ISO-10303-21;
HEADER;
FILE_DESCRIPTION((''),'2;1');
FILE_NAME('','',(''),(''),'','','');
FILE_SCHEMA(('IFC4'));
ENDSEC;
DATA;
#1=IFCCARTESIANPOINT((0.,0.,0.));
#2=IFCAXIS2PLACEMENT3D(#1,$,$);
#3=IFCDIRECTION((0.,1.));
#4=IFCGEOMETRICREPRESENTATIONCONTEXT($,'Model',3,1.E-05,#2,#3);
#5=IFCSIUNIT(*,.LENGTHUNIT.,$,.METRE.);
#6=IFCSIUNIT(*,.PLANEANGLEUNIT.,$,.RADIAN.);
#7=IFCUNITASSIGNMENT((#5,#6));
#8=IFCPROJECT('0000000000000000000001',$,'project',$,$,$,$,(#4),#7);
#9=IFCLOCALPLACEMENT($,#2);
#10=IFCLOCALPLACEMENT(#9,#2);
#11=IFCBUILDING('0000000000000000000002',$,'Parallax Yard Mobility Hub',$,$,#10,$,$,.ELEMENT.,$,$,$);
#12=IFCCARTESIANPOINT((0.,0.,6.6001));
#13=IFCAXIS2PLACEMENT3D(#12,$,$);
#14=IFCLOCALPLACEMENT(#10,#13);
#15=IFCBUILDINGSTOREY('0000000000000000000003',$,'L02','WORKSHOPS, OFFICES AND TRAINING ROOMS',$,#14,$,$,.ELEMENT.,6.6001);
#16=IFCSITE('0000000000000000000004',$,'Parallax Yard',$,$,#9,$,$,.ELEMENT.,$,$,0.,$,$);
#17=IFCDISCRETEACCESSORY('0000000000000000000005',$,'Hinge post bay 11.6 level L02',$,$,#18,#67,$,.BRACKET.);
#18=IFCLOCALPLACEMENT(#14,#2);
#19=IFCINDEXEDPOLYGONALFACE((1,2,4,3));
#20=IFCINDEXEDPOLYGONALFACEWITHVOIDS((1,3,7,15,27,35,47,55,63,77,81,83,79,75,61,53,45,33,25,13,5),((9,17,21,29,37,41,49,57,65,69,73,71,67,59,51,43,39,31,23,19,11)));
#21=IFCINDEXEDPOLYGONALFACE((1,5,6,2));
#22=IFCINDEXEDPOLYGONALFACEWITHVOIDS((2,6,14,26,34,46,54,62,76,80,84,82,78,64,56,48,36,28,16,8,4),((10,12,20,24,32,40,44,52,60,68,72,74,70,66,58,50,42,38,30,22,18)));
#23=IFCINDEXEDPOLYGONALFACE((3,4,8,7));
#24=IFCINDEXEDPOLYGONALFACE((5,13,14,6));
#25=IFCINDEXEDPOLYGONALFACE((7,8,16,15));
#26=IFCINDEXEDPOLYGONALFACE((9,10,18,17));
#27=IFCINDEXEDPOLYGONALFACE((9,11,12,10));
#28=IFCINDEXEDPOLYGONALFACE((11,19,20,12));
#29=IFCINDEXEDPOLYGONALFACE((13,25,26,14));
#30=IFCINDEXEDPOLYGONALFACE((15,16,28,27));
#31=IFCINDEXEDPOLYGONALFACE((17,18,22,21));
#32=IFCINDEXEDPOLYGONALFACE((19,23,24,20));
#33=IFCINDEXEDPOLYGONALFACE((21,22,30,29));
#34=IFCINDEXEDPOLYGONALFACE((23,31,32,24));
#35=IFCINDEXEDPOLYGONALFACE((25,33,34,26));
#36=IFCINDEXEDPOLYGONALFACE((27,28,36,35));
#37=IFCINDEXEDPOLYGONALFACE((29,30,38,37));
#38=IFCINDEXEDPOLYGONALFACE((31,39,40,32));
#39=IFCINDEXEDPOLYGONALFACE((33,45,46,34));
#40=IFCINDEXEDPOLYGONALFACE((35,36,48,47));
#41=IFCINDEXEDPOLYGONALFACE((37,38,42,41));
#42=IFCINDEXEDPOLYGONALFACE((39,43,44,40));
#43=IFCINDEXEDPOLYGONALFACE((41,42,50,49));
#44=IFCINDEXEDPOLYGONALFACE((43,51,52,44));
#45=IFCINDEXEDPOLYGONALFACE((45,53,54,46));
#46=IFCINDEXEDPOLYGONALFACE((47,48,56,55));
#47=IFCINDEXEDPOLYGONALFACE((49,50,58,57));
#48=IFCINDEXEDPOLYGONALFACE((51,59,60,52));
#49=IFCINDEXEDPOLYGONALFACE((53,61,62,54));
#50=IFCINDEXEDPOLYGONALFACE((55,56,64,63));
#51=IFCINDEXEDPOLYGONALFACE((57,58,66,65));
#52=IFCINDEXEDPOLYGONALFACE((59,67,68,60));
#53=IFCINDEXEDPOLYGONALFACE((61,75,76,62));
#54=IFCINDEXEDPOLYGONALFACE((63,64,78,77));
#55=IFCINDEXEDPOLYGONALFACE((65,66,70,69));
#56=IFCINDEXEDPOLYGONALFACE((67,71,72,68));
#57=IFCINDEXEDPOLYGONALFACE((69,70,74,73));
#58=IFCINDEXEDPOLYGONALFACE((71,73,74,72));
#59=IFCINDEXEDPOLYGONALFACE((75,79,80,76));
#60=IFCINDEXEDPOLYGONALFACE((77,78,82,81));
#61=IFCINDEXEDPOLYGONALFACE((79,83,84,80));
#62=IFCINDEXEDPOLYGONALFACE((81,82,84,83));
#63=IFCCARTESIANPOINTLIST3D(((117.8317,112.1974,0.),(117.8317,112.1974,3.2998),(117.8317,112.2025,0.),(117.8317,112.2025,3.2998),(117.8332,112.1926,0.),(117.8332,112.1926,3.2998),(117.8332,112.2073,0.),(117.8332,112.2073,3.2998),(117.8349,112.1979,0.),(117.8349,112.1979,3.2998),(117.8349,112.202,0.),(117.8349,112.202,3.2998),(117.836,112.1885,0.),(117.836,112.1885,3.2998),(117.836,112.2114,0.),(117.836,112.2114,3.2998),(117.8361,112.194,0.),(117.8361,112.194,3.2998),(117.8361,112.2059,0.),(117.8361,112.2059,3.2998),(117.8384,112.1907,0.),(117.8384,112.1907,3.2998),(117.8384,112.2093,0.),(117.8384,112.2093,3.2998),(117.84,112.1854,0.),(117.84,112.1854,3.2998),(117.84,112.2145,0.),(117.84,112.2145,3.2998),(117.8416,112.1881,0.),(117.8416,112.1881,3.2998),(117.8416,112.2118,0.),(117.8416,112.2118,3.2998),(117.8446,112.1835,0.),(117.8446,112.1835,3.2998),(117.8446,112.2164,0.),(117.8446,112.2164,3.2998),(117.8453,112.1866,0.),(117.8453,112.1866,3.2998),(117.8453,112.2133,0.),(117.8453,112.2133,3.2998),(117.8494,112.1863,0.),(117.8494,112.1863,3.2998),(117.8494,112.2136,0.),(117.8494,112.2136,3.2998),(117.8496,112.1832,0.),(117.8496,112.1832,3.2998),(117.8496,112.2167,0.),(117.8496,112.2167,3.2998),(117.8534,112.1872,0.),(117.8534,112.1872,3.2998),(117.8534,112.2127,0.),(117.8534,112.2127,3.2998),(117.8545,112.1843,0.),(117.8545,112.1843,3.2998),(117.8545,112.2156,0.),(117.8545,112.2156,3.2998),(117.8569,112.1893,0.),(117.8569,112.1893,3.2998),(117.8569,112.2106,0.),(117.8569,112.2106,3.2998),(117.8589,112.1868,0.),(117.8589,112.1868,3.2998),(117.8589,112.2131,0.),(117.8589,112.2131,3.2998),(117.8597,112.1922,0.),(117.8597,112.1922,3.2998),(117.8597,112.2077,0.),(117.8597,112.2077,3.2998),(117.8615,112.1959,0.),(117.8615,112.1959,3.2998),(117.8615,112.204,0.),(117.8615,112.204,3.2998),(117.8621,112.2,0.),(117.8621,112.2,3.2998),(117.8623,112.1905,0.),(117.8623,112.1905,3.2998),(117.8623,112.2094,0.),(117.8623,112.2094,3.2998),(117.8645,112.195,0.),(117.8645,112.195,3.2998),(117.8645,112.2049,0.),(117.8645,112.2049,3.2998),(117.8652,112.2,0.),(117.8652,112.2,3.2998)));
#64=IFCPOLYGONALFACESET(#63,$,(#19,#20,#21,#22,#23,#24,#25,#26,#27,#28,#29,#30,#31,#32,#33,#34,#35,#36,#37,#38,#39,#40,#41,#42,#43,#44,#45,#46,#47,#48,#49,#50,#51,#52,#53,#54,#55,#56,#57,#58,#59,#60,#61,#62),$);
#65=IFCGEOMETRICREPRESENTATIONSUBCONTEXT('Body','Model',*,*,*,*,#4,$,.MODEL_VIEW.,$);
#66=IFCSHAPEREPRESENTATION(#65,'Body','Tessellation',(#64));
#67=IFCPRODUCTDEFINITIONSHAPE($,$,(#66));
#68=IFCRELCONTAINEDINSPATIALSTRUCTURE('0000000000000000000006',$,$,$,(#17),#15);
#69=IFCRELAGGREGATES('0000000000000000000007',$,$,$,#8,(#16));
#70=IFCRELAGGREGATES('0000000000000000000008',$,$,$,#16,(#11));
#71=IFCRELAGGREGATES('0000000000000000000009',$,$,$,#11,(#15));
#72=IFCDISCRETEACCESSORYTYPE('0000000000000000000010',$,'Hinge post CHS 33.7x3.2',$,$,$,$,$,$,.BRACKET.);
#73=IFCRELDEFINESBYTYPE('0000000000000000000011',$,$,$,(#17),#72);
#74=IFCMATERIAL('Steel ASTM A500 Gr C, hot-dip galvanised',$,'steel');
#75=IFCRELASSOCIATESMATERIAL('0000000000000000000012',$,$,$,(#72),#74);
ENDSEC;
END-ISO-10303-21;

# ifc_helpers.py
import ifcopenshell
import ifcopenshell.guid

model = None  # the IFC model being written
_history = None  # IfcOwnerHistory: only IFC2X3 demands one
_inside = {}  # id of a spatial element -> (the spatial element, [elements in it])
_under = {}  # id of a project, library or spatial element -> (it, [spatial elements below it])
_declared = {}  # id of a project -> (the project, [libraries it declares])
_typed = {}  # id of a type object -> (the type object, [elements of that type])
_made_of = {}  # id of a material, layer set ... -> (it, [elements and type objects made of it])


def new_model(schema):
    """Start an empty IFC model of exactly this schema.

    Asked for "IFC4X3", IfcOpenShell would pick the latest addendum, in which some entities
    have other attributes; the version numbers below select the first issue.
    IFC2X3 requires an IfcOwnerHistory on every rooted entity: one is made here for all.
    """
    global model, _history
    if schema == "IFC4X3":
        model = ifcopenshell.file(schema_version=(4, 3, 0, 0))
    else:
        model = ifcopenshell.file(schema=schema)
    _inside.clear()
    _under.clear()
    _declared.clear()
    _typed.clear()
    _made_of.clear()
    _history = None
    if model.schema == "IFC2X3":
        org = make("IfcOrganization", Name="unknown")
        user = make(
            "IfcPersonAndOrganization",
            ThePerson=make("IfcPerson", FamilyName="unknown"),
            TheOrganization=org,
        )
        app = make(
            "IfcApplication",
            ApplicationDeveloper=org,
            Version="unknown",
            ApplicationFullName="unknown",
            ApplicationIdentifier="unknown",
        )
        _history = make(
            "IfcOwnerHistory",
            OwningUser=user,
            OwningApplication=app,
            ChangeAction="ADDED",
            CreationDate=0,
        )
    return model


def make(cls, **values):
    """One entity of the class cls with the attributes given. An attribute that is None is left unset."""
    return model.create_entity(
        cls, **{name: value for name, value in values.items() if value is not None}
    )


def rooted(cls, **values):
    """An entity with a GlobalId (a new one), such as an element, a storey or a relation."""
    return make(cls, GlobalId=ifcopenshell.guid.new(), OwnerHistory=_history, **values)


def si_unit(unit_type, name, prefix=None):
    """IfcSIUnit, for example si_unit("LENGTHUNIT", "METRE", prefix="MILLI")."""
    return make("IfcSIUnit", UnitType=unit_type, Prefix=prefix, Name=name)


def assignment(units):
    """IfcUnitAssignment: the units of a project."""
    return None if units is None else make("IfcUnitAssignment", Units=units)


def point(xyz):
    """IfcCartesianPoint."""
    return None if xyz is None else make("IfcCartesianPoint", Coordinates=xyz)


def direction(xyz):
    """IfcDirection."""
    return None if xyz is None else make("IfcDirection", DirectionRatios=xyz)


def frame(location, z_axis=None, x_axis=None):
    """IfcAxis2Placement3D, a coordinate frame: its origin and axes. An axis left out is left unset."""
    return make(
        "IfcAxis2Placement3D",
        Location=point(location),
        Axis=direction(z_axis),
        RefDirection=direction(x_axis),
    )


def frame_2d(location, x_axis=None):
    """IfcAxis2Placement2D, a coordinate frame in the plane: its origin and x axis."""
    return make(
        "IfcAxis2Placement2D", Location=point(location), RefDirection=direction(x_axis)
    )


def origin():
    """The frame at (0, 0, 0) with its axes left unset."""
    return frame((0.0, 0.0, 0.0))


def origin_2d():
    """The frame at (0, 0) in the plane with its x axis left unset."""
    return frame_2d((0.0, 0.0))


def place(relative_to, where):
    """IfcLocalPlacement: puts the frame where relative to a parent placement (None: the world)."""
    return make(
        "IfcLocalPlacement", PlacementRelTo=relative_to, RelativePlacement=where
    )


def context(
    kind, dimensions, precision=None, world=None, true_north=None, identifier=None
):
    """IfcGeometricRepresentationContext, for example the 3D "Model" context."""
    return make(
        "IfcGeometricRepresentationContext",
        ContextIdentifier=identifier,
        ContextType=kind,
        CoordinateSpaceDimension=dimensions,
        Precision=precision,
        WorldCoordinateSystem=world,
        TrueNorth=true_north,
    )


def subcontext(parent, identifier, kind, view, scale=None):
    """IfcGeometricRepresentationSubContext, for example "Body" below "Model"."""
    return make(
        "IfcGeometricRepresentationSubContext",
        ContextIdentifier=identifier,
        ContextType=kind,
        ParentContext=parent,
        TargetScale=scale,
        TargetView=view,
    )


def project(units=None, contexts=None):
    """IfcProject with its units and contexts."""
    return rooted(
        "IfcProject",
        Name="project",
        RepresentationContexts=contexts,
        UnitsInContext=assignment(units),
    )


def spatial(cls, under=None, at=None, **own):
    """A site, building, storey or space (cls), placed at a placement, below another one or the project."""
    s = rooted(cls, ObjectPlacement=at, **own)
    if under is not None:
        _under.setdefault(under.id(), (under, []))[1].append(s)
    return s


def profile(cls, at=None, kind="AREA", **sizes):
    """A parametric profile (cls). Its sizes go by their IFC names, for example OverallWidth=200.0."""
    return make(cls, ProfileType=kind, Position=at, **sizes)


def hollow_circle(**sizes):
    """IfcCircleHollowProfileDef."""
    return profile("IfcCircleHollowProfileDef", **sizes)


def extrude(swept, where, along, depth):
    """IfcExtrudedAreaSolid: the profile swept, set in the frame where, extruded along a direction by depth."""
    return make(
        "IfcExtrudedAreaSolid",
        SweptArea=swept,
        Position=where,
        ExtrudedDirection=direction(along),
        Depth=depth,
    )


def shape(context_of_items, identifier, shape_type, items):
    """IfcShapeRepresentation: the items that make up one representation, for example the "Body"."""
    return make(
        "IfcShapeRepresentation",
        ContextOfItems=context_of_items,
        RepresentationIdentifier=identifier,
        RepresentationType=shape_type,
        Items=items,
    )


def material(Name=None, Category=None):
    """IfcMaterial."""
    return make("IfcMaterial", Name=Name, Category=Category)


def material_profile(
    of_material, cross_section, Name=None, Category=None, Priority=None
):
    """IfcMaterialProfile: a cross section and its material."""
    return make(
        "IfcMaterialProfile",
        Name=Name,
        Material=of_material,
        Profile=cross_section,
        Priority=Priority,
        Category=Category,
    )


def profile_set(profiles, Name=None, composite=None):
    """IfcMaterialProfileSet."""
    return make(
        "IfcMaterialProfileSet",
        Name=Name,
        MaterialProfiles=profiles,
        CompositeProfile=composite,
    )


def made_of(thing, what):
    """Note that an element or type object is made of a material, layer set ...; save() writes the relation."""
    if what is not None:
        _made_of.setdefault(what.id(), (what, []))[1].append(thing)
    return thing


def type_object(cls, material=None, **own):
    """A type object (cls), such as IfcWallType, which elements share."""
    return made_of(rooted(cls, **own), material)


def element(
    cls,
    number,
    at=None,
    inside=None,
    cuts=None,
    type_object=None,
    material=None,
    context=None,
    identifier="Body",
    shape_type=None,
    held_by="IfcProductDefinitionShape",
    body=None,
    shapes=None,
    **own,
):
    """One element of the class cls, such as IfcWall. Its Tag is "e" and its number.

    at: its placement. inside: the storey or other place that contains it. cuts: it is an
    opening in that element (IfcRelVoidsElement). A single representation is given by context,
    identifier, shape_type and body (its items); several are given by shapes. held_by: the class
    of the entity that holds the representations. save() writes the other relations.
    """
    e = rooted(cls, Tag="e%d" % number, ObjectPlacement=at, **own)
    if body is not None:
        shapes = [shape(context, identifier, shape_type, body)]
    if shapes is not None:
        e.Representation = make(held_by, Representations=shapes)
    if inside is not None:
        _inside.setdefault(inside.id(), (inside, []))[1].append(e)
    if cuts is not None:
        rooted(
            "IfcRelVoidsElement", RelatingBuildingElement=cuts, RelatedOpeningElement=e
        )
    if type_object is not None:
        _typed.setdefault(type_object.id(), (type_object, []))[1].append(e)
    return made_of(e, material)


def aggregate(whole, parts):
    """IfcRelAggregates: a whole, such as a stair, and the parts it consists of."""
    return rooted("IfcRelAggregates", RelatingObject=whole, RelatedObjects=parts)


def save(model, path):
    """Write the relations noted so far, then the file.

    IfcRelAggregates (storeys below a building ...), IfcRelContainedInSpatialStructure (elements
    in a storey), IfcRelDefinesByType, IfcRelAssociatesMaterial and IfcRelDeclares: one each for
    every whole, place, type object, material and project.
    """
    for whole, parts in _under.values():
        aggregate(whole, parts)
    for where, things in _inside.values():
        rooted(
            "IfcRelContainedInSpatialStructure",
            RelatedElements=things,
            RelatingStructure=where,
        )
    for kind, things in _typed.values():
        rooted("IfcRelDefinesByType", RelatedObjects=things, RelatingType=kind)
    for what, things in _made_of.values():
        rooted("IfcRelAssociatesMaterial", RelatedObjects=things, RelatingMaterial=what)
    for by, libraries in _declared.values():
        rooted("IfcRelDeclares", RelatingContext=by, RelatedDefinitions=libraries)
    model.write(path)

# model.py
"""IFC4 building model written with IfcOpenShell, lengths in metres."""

from ifc_helpers import new_model, si_unit, direction, frame, origin, origin_2d, place, context, subcontext, project, spatial, hollow_circle, extrude, material, material_profile, profile_set, type_object, element, save


model = new_model("IFC4")

# Units and contexts
model_context = context("Model", 3, precision=1e-05, world=origin(), true_north=direction((0.0, 1.0)))
body_context = subcontext(model_context, "Body", "Model", "MODEL_VIEW")
ifc_project = project(units=[si_unit("LENGTHUNIT", "METRE"), si_unit("PLANEANGLEUNIT", "RADIAN")], contexts=[model_context])

# Site, building, storey
site_placement = place(None, origin())
site = spatial("IfcSite", under=ifc_project, at=site_placement, Name="Parallax Yard", CompositionType="ELEMENT", RefElevation=0.0)
building_placement = place(site_placement, origin())
building = spatial("IfcBuilding", under=site, at=building_placement, Name="Parallax Yard Mobility Hub", CompositionType="ELEMENT")
storey_placement = place(building_placement, frame((0.0, 0.0, 6.6001)))
storey = spatial("IfcBuildingStorey", under=building, at=storey_placement, Name="L02", Description="WORKSHOPS, OFFICES AND TRAINING ROOMS", CompositionType="ELEMENT", Elevation=6.6001)

# Discrete accessory
ifc_material_1 = material(Name="Steel ASTM A500 Gr C, hot-dip galvanised", Category="steel")
ifc_material_profile_1 = material_profile(ifc_material_1, hollow_circle(Radius=0.0168, WallThickness=0.0032, at=origin_2d()), Name="CHS 33.7x3.2")
ifc_profile_set_1 = profile_set([ifc_material_profile_1], Name="Steel ASTM A500 Gr C, hot-dip galvanised")
discrete_accessory_type_1 = type_object("IfcDiscreteAccessoryType", Name="Hinge post CHS 33.7x3.2", PredefinedType="BRACKET", material=ifc_profile_set_1)
for number, where, z_axis, x_axis, name in (
    (1, (117.8484, 112.2, 0.0), (0.0, 0.0, 1.0), (1.0, 0.0, 0.0), "Hinge post bay 11.6 level L02"),
):
    element("IfcDiscreteAccessory", number, at=place(storey_placement, frame(where, z_axis=z_axis, x_axis=x_axis)), inside=storey, type_object=discrete_accessory_type_1, Name=name, PredefinedType="BRACKET", context=body_context, shape_type="SweptSolid", body=[
        extrude(hollow_circle(Radius=0.0168, WallThickness=0.0032, at=origin_2d()), origin(), (0.0, 0.0, 1.0), 3.2998),
    ])

save(model, "model.ifc")
